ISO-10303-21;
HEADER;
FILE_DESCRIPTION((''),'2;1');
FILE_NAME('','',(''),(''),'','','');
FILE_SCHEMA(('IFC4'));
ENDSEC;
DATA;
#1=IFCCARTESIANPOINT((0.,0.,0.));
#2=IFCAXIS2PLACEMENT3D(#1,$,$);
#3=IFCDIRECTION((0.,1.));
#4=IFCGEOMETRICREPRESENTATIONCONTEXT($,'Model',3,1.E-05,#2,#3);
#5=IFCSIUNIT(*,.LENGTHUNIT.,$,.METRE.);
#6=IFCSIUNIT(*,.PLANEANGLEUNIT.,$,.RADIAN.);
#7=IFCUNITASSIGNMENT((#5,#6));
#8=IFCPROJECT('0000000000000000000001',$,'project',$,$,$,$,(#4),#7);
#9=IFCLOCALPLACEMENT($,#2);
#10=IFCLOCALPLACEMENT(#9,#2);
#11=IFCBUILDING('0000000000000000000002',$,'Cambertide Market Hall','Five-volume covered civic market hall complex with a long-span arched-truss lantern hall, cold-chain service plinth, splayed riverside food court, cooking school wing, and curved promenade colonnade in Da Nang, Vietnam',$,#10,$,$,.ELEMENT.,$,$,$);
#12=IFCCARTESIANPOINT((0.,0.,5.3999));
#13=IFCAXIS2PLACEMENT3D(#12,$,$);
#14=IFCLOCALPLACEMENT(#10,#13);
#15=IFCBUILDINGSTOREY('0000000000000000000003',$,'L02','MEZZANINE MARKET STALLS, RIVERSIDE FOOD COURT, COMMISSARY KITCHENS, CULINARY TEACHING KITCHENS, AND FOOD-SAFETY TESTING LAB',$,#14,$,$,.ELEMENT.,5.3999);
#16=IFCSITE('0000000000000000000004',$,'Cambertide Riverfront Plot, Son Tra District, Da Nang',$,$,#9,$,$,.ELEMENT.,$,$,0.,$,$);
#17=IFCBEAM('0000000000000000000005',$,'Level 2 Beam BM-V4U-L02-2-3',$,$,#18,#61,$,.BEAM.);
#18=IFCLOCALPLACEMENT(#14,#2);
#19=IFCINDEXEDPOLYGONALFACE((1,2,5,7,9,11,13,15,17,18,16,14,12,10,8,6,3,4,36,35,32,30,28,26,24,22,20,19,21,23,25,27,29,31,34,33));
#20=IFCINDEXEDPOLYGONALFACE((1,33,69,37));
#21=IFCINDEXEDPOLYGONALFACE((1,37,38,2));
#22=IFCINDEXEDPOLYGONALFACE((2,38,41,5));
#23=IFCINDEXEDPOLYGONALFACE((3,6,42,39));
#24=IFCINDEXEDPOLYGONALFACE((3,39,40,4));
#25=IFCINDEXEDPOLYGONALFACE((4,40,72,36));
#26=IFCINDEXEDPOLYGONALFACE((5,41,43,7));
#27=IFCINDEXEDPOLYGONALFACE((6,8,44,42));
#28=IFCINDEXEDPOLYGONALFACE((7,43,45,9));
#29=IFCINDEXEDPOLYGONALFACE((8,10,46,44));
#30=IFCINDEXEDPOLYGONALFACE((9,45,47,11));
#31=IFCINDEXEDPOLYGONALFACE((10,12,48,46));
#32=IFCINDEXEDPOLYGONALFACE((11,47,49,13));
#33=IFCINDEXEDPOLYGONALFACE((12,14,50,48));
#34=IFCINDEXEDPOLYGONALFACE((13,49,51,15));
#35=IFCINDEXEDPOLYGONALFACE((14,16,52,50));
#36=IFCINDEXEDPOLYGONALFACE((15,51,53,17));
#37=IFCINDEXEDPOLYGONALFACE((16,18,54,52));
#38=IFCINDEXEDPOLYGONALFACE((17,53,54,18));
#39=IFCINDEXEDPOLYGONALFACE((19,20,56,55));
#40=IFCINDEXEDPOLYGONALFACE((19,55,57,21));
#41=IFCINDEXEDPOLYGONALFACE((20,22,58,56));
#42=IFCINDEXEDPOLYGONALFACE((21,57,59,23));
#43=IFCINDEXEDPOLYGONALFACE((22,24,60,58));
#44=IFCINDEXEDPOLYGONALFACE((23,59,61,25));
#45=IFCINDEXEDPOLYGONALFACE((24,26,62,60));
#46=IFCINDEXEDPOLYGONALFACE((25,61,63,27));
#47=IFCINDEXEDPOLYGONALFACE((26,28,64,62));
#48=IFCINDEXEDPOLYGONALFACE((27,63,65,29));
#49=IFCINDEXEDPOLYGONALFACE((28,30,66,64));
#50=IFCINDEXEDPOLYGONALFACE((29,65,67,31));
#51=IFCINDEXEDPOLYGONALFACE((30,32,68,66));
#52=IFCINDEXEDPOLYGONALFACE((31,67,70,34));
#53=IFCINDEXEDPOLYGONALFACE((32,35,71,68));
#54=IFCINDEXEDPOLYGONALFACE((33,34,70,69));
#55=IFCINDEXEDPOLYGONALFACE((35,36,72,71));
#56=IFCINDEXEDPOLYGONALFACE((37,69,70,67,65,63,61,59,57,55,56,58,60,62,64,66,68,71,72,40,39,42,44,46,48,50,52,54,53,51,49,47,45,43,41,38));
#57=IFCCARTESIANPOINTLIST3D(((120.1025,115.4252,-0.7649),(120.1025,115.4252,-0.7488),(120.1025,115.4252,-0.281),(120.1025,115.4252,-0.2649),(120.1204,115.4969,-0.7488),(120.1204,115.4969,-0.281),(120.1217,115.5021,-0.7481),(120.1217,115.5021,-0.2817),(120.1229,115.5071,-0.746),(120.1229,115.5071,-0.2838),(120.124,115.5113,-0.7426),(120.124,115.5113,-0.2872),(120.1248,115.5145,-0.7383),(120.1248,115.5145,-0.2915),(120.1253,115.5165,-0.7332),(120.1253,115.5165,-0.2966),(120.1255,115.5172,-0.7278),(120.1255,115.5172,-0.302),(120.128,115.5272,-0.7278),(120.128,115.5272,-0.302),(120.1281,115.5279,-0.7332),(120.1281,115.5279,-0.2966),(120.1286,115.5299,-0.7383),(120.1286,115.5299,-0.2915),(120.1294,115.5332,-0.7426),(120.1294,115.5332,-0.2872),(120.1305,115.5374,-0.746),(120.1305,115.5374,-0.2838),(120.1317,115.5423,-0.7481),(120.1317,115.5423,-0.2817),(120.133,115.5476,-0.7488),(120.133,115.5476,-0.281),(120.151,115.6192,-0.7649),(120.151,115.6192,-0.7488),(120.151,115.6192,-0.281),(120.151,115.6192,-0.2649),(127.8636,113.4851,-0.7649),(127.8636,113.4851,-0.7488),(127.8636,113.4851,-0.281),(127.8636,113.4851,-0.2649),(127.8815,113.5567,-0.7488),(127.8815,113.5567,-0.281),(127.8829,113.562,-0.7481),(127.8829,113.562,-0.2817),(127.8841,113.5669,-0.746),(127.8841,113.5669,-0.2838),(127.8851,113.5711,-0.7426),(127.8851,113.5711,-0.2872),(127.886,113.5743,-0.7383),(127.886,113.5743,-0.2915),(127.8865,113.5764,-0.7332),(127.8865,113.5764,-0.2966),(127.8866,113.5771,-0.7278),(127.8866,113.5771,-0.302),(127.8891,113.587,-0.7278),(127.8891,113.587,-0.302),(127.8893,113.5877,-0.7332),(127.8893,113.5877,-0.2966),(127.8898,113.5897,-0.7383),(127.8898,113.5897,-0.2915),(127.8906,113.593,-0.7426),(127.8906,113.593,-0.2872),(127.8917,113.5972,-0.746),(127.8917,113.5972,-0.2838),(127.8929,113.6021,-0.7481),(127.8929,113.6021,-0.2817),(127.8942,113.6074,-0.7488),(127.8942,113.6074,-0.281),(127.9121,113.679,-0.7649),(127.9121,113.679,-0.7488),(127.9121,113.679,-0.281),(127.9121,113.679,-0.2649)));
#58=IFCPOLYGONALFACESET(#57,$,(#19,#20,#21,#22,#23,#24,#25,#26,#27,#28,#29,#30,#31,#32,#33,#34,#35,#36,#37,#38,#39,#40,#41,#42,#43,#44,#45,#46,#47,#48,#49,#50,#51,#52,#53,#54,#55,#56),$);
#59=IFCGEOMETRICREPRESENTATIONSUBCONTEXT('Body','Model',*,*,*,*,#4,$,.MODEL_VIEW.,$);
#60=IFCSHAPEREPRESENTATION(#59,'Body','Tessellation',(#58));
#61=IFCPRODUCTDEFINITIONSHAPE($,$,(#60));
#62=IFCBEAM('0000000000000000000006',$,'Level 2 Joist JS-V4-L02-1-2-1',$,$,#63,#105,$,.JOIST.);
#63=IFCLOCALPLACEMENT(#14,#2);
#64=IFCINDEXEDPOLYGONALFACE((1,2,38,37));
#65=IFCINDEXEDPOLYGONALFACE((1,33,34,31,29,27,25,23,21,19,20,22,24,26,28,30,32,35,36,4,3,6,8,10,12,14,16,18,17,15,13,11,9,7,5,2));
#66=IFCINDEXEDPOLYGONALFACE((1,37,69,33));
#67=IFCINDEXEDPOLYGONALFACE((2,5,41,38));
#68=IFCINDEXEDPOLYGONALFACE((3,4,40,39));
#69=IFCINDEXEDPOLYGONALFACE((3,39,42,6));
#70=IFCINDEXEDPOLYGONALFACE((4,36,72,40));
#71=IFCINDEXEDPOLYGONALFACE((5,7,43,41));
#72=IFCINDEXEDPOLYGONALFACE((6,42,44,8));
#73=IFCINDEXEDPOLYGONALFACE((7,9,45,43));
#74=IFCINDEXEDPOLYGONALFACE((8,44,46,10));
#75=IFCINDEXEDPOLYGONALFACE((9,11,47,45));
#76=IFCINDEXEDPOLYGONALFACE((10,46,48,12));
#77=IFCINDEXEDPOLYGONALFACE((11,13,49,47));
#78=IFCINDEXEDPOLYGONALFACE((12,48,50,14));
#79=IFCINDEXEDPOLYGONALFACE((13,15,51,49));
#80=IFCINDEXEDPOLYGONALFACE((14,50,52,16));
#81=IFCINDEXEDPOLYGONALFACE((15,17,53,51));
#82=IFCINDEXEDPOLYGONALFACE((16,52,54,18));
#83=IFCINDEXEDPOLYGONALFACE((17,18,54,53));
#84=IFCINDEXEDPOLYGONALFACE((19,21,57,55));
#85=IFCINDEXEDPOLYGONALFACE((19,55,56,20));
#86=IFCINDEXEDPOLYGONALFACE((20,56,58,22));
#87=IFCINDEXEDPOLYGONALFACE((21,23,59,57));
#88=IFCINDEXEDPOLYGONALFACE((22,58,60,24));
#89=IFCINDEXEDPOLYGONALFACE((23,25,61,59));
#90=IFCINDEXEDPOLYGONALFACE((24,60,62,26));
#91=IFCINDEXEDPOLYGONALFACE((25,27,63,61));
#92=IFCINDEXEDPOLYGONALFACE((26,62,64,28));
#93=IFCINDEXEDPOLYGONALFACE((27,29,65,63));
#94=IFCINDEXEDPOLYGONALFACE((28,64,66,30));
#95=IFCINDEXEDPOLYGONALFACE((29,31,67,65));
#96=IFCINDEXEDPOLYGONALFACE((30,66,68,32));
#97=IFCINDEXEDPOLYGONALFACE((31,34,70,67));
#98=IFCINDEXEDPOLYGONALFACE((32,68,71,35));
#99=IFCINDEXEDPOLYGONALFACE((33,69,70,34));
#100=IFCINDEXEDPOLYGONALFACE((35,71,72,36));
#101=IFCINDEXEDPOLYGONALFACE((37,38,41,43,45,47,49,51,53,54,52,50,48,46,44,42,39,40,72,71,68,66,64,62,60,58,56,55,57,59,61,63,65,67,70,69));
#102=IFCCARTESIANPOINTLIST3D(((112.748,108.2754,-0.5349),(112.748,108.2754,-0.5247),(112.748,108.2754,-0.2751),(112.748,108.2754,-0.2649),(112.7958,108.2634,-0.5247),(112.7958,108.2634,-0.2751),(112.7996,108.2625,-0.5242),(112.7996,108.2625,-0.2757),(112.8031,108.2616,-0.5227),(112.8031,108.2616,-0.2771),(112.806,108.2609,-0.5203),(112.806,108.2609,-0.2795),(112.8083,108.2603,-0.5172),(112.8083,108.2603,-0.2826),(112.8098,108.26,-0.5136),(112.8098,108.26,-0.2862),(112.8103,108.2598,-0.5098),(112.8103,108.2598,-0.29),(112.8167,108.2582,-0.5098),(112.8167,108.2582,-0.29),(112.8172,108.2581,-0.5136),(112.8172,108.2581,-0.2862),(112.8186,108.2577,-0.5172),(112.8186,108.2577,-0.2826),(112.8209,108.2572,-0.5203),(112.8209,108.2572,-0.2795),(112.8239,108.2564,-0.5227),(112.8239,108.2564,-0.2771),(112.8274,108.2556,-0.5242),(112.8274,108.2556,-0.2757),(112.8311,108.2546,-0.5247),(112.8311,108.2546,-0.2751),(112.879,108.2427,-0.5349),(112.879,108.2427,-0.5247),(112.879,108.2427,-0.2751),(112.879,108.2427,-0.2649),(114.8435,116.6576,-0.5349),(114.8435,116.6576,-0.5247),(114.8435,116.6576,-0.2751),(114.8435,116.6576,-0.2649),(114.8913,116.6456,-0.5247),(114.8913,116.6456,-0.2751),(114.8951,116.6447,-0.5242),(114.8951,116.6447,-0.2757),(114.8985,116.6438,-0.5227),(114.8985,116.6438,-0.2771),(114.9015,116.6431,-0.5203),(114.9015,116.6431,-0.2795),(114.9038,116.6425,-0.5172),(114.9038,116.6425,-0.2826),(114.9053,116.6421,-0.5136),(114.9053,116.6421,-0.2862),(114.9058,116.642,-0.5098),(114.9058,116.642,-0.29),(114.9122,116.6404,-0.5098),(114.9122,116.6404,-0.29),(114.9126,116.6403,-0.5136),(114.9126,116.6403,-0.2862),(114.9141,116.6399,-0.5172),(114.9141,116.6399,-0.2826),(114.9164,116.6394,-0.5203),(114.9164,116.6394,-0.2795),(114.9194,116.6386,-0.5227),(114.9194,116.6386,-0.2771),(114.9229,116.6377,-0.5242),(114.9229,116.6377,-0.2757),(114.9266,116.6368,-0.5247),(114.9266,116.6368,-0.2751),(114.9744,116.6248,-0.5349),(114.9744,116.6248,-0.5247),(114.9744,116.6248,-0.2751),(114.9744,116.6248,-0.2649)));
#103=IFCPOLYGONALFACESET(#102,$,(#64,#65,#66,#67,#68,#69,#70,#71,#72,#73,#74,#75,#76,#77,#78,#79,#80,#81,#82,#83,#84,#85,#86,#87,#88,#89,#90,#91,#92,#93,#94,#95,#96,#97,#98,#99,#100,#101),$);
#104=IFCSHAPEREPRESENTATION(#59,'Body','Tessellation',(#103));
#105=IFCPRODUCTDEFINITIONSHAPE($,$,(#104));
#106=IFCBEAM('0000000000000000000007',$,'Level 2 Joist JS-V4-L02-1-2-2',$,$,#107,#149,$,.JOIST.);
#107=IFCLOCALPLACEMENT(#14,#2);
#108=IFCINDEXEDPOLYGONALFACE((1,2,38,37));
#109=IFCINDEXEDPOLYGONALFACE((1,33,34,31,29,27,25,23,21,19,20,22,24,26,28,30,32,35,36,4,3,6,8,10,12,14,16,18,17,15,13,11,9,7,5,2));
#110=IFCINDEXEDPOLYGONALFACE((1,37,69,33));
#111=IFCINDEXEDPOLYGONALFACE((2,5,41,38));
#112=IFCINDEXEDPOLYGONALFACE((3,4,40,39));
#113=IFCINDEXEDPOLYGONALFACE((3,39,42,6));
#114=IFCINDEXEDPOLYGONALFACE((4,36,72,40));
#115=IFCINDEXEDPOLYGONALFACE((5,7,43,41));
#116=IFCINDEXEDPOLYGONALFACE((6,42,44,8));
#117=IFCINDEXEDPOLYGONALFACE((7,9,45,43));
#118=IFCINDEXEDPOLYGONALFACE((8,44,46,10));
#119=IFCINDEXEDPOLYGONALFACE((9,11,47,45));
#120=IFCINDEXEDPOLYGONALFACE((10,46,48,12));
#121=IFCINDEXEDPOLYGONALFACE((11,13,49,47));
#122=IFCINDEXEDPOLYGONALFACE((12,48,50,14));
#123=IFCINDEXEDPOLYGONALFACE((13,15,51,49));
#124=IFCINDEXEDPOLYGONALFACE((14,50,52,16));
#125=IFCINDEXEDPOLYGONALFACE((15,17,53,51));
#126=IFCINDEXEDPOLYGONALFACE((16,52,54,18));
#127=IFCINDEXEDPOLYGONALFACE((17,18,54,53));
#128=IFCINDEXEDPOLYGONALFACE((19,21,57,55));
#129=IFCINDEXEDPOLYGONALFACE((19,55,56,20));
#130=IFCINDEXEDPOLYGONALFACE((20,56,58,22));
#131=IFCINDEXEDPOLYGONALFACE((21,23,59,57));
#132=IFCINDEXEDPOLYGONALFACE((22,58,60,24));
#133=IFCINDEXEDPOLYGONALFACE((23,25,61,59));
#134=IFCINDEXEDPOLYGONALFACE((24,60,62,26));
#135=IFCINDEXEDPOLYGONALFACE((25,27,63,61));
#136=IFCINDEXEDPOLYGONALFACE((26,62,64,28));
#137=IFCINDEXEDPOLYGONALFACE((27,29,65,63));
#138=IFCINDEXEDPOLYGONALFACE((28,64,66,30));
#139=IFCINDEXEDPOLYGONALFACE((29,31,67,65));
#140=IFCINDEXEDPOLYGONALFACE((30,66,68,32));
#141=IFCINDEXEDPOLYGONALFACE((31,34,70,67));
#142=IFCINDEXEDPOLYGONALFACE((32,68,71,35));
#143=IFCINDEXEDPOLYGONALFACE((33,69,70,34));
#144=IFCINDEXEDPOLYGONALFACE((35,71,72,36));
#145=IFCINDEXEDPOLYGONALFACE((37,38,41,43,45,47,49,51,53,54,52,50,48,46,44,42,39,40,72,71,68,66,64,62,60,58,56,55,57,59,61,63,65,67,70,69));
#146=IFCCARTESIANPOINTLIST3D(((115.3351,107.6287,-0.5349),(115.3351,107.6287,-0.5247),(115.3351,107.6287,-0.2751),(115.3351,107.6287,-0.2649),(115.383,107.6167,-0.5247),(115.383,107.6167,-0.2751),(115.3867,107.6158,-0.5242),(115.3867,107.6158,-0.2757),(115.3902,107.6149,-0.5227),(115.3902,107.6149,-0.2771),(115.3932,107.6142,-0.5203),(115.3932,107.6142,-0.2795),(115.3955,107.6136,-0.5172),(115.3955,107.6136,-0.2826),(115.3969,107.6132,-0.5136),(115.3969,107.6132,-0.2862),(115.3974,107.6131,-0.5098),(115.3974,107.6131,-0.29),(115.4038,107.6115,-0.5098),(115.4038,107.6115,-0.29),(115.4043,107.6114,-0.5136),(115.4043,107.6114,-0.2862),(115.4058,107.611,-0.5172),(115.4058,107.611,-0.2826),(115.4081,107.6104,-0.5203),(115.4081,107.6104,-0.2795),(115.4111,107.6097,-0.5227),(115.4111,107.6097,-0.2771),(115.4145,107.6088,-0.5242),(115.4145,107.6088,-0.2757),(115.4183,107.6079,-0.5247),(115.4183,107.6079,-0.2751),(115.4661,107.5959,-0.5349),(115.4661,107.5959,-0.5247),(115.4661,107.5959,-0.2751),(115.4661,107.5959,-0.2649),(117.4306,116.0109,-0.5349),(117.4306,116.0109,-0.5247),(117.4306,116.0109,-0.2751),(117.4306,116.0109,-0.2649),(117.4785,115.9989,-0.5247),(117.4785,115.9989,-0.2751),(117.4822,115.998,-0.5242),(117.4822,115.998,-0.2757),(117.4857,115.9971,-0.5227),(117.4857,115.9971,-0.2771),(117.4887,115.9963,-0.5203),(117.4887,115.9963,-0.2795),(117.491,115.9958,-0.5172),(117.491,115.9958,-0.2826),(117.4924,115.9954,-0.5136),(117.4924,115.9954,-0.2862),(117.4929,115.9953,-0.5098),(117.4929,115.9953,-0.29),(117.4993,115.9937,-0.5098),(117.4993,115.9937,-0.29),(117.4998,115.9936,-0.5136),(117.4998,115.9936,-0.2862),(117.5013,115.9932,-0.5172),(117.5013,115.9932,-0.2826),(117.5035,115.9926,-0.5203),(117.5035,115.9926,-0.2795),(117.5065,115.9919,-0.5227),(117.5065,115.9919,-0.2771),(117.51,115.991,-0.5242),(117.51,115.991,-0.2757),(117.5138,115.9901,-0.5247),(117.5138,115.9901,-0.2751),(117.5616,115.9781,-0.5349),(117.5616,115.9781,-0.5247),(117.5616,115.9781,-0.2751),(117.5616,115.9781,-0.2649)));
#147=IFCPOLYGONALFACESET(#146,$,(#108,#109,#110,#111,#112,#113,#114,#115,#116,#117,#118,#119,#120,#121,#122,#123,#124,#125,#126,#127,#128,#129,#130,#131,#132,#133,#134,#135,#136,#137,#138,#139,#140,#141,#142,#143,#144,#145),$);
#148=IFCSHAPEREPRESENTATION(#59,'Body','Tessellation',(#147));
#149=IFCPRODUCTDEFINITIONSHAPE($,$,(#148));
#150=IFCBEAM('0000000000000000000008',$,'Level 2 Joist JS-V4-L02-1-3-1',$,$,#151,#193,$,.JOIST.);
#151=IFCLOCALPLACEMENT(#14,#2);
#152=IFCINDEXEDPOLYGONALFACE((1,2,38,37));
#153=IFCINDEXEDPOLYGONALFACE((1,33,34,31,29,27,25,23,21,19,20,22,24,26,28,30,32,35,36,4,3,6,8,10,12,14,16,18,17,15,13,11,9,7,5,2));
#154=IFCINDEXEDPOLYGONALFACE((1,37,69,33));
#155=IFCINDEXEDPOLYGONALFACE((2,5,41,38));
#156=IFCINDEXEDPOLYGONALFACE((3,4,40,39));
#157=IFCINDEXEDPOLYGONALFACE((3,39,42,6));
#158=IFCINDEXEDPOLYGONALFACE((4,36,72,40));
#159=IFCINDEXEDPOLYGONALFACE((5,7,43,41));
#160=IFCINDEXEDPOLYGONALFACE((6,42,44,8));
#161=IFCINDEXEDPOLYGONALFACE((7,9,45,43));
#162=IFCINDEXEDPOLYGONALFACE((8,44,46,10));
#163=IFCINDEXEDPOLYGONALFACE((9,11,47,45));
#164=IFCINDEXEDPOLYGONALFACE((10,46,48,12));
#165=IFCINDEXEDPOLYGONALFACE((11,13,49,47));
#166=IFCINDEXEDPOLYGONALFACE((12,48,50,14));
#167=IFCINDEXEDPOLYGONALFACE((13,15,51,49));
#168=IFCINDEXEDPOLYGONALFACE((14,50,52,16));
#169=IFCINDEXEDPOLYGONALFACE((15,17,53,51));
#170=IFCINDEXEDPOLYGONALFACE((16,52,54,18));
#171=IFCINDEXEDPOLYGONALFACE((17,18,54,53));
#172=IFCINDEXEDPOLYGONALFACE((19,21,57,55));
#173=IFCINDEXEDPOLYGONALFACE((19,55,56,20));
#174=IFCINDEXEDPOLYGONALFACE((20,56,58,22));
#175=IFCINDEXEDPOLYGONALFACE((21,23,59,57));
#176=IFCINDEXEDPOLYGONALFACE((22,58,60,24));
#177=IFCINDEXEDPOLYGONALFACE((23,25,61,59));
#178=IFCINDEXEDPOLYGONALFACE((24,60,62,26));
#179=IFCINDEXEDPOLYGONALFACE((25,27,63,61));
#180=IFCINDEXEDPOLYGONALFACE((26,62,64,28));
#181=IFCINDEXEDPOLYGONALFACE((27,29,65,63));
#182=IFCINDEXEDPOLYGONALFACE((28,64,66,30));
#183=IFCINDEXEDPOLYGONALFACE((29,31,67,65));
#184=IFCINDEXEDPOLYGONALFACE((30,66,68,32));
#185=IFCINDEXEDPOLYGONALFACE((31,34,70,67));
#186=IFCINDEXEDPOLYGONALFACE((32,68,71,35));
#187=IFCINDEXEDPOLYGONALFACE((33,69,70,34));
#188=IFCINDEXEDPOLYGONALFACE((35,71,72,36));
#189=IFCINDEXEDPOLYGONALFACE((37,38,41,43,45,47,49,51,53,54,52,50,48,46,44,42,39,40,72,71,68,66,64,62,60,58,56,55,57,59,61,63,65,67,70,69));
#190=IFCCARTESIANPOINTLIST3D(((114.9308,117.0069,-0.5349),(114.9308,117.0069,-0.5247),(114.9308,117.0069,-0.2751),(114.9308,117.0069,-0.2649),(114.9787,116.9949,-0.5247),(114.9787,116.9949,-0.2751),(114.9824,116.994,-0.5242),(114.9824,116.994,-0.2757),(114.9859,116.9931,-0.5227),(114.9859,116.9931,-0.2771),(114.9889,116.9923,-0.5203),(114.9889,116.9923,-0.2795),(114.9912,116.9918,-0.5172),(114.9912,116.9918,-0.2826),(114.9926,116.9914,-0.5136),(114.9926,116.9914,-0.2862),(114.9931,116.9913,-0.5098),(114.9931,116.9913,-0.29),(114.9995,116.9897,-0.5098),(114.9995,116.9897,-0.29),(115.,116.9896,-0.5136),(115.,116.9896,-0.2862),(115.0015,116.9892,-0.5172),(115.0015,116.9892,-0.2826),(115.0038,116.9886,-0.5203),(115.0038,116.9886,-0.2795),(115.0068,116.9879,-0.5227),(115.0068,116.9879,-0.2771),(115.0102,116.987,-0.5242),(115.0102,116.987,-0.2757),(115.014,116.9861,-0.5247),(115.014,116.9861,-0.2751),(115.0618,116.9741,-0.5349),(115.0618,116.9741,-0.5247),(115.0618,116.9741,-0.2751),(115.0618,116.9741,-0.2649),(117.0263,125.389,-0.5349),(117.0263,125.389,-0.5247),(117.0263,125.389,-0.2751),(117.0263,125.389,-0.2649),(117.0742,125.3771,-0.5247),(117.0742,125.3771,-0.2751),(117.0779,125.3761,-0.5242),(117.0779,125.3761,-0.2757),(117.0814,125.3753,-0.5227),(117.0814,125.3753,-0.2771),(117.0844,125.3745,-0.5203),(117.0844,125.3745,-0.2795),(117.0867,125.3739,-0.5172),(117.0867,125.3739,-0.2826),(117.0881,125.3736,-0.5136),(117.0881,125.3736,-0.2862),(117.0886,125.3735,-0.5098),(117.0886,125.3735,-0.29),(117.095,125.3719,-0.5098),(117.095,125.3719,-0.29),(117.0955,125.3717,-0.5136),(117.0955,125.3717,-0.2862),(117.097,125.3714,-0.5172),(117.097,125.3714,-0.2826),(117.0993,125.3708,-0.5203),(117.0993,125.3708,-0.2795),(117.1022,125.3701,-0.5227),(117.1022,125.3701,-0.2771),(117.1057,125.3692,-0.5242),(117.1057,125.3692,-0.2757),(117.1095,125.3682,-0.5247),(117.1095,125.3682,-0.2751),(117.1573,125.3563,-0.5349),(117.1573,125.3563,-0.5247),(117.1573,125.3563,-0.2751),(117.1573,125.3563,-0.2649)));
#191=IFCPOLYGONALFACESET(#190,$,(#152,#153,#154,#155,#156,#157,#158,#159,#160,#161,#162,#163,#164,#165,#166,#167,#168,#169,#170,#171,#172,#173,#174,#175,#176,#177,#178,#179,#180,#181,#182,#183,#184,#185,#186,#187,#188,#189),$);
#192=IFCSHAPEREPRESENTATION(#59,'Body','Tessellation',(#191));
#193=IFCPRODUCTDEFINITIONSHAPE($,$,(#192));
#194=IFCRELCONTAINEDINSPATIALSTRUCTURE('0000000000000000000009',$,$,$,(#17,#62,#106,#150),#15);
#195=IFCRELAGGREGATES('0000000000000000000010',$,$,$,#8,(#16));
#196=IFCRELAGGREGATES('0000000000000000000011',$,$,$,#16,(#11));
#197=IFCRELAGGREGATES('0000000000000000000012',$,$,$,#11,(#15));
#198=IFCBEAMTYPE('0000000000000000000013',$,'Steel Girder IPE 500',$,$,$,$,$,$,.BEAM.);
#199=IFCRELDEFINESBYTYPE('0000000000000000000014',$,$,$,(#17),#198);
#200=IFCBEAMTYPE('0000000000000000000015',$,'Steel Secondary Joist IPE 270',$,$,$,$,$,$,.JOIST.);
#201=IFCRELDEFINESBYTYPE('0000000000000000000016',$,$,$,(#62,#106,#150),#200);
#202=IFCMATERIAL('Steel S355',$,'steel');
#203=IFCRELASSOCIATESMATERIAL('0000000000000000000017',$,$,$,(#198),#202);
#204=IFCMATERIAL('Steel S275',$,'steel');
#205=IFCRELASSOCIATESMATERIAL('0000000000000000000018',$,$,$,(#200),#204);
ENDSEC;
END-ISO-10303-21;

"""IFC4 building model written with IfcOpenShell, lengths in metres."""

from ifc_helpers import new_model, si_unit, direction, frame, origin, origin_2d, place, context, subcontext, project, spatial, i_section, extrude, material, material_profile, profile_set, type_object, element, save


model = new_model("IFC4")

# Units and contexts
model_context = context("Model", 3, precision=1e-05, world=origin(), true_north=direction((0.0, 1.0)))
body_context = subcontext(model_context, "Body", "Model", "MODEL_VIEW")
ifc_project = project(units=[si_unit("LENGTHUNIT", "METRE"), si_unit("PLANEANGLEUNIT", "RADIAN")], contexts=[model_context])

# Site, building, storey
site_placement = place(None, origin())
site = spatial("IfcSite", under=ifc_project, at=site_placement, Name="Cambertide Riverfront Plot, Son Tra District, Da Nang", CompositionType="ELEMENT", RefElevation=0.0)
building_placement = place(site_placement, origin())
building = spatial("IfcBuilding", under=site, at=building_placement, Name="Cambertide Market Hall", Description="Five-volume covered civic market hall complex with a long-span arched-truss lantern hall, cold-chain service plinth, splayed riverside food court, cooking school wing, and curved promenade colonnade in Da Nang, Vietnam", CompositionType="ELEMENT")
storey_placement = place(building_placement, frame((0.0, 0.0, 5.3999)))
storey = spatial("IfcBuildingStorey", under=building, at=storey_placement, Name="L02", Description="MEZZANINE MARKET STALLS, RIVERSIDE FOOD COURT, COMMISSARY KITCHENS, CULINARY TEACHING KITCHENS, AND FOOD-SAFETY TESTING LAB", CompositionType="ELEMENT", Elevation=5.3999)

# Beams
ifc_material_1 = material(Name="Steel S355", Category="steel")
ifc_material_profile_1 = material_profile(ifc_material_1, i_section(OverallWidth=0.2, OverallDepth=0.5, WebThickness=0.0103, FlangeThickness=0.0161, FilletRadius=0.021, at=origin_2d()), Name="IPE 500")
ifc_profile_set_1 = profile_set([ifc_material_profile_1], Name="Steel S355")
beam_type_1 = type_object("IfcBeamType", Name="Steel Girder IPE 500", PredefinedType="BEAM", material=ifc_profile_set_1)
for number, where, z_axis, x_axis, name in (
    (1, (120.1267, 115.5222, -0.5149), (0.970146, -0.242521, 0.0), (0.242521, 0.970146, 0.0), "Level 2 Beam BM-V4U-L02-2-3"),
):
    element("IfcBeam", number, at=place(storey_placement, frame(where, z_axis=z_axis, x_axis=x_axis)), inside=storey, type_object=beam_type_1, Name=name, PredefinedType="BEAM", context=body_context, shape_type="SweptSolid", body=[
        extrude(i_section(OverallWidth=0.2, OverallDepth=0.5, WebThickness=0.0103, FlangeThickness=0.0161, FilletRadius=0.021, at=origin_2d()), origin(), (0.0, 0.0, 1.0), 8.0),
    ])
ifc_material_2 = material(Name="Steel S275", Category="steel")
ifc_material_profile_2 = material_profile(ifc_material_2, i_section(OverallWidth=0.135, OverallDepth=0.27, WebThickness=0.0066, FlangeThickness=0.0103, FilletRadius=0.0149, at=origin_2d()), Name="IPE 270")
ifc_profile_set_2 = profile_set([ifc_material_profile_2], Name="Steel S275")
beam_type_2 = type_object("IfcBeamType", Name="Steel Secondary Joist IPE 270", PredefinedType="JOIST", material=ifc_profile_set_2)
for number, where, z_axis, x_axis, name in (
    (2, (112.8135, 108.259, -0.3999), (0.242529, 0.970144, 0.0), (-0.970144, 0.242529, 0.0), "Level 2 Joist JS-V4-L02-1-2-1"),
    (3, (115.4006, 107.6123, -0.3999), (0.242529, 0.970144, 0.0), (-0.970144, 0.242529, 0.0), "Level 2 Joist JS-V4-L02-1-2-2"),
    (4, (114.9963, 116.9905, -0.3999), (0.242529, 0.970144, 0.0), (-0.970144, 0.242529, 0.0), "Level 2 Joist JS-V4-L02-1-3-1"),
):
    element("IfcBeam", number, at=place(storey_placement, frame(where, z_axis=z_axis, x_axis=x_axis)), inside=storey, type_object=beam_type_2, Name=name, PredefinedType="JOIST", context=body_context, shape_type="SweptSolid", body=[
        extrude(i_section(OverallWidth=0.135, OverallDepth=0.27, WebThickness=0.0066, FlangeThickness=0.0103, FilletRadius=0.0149, at=origin_2d()), origin(), (0.0, 0.0, 1.0), 8.6401),
    ])

save(model, "model.ifc")
